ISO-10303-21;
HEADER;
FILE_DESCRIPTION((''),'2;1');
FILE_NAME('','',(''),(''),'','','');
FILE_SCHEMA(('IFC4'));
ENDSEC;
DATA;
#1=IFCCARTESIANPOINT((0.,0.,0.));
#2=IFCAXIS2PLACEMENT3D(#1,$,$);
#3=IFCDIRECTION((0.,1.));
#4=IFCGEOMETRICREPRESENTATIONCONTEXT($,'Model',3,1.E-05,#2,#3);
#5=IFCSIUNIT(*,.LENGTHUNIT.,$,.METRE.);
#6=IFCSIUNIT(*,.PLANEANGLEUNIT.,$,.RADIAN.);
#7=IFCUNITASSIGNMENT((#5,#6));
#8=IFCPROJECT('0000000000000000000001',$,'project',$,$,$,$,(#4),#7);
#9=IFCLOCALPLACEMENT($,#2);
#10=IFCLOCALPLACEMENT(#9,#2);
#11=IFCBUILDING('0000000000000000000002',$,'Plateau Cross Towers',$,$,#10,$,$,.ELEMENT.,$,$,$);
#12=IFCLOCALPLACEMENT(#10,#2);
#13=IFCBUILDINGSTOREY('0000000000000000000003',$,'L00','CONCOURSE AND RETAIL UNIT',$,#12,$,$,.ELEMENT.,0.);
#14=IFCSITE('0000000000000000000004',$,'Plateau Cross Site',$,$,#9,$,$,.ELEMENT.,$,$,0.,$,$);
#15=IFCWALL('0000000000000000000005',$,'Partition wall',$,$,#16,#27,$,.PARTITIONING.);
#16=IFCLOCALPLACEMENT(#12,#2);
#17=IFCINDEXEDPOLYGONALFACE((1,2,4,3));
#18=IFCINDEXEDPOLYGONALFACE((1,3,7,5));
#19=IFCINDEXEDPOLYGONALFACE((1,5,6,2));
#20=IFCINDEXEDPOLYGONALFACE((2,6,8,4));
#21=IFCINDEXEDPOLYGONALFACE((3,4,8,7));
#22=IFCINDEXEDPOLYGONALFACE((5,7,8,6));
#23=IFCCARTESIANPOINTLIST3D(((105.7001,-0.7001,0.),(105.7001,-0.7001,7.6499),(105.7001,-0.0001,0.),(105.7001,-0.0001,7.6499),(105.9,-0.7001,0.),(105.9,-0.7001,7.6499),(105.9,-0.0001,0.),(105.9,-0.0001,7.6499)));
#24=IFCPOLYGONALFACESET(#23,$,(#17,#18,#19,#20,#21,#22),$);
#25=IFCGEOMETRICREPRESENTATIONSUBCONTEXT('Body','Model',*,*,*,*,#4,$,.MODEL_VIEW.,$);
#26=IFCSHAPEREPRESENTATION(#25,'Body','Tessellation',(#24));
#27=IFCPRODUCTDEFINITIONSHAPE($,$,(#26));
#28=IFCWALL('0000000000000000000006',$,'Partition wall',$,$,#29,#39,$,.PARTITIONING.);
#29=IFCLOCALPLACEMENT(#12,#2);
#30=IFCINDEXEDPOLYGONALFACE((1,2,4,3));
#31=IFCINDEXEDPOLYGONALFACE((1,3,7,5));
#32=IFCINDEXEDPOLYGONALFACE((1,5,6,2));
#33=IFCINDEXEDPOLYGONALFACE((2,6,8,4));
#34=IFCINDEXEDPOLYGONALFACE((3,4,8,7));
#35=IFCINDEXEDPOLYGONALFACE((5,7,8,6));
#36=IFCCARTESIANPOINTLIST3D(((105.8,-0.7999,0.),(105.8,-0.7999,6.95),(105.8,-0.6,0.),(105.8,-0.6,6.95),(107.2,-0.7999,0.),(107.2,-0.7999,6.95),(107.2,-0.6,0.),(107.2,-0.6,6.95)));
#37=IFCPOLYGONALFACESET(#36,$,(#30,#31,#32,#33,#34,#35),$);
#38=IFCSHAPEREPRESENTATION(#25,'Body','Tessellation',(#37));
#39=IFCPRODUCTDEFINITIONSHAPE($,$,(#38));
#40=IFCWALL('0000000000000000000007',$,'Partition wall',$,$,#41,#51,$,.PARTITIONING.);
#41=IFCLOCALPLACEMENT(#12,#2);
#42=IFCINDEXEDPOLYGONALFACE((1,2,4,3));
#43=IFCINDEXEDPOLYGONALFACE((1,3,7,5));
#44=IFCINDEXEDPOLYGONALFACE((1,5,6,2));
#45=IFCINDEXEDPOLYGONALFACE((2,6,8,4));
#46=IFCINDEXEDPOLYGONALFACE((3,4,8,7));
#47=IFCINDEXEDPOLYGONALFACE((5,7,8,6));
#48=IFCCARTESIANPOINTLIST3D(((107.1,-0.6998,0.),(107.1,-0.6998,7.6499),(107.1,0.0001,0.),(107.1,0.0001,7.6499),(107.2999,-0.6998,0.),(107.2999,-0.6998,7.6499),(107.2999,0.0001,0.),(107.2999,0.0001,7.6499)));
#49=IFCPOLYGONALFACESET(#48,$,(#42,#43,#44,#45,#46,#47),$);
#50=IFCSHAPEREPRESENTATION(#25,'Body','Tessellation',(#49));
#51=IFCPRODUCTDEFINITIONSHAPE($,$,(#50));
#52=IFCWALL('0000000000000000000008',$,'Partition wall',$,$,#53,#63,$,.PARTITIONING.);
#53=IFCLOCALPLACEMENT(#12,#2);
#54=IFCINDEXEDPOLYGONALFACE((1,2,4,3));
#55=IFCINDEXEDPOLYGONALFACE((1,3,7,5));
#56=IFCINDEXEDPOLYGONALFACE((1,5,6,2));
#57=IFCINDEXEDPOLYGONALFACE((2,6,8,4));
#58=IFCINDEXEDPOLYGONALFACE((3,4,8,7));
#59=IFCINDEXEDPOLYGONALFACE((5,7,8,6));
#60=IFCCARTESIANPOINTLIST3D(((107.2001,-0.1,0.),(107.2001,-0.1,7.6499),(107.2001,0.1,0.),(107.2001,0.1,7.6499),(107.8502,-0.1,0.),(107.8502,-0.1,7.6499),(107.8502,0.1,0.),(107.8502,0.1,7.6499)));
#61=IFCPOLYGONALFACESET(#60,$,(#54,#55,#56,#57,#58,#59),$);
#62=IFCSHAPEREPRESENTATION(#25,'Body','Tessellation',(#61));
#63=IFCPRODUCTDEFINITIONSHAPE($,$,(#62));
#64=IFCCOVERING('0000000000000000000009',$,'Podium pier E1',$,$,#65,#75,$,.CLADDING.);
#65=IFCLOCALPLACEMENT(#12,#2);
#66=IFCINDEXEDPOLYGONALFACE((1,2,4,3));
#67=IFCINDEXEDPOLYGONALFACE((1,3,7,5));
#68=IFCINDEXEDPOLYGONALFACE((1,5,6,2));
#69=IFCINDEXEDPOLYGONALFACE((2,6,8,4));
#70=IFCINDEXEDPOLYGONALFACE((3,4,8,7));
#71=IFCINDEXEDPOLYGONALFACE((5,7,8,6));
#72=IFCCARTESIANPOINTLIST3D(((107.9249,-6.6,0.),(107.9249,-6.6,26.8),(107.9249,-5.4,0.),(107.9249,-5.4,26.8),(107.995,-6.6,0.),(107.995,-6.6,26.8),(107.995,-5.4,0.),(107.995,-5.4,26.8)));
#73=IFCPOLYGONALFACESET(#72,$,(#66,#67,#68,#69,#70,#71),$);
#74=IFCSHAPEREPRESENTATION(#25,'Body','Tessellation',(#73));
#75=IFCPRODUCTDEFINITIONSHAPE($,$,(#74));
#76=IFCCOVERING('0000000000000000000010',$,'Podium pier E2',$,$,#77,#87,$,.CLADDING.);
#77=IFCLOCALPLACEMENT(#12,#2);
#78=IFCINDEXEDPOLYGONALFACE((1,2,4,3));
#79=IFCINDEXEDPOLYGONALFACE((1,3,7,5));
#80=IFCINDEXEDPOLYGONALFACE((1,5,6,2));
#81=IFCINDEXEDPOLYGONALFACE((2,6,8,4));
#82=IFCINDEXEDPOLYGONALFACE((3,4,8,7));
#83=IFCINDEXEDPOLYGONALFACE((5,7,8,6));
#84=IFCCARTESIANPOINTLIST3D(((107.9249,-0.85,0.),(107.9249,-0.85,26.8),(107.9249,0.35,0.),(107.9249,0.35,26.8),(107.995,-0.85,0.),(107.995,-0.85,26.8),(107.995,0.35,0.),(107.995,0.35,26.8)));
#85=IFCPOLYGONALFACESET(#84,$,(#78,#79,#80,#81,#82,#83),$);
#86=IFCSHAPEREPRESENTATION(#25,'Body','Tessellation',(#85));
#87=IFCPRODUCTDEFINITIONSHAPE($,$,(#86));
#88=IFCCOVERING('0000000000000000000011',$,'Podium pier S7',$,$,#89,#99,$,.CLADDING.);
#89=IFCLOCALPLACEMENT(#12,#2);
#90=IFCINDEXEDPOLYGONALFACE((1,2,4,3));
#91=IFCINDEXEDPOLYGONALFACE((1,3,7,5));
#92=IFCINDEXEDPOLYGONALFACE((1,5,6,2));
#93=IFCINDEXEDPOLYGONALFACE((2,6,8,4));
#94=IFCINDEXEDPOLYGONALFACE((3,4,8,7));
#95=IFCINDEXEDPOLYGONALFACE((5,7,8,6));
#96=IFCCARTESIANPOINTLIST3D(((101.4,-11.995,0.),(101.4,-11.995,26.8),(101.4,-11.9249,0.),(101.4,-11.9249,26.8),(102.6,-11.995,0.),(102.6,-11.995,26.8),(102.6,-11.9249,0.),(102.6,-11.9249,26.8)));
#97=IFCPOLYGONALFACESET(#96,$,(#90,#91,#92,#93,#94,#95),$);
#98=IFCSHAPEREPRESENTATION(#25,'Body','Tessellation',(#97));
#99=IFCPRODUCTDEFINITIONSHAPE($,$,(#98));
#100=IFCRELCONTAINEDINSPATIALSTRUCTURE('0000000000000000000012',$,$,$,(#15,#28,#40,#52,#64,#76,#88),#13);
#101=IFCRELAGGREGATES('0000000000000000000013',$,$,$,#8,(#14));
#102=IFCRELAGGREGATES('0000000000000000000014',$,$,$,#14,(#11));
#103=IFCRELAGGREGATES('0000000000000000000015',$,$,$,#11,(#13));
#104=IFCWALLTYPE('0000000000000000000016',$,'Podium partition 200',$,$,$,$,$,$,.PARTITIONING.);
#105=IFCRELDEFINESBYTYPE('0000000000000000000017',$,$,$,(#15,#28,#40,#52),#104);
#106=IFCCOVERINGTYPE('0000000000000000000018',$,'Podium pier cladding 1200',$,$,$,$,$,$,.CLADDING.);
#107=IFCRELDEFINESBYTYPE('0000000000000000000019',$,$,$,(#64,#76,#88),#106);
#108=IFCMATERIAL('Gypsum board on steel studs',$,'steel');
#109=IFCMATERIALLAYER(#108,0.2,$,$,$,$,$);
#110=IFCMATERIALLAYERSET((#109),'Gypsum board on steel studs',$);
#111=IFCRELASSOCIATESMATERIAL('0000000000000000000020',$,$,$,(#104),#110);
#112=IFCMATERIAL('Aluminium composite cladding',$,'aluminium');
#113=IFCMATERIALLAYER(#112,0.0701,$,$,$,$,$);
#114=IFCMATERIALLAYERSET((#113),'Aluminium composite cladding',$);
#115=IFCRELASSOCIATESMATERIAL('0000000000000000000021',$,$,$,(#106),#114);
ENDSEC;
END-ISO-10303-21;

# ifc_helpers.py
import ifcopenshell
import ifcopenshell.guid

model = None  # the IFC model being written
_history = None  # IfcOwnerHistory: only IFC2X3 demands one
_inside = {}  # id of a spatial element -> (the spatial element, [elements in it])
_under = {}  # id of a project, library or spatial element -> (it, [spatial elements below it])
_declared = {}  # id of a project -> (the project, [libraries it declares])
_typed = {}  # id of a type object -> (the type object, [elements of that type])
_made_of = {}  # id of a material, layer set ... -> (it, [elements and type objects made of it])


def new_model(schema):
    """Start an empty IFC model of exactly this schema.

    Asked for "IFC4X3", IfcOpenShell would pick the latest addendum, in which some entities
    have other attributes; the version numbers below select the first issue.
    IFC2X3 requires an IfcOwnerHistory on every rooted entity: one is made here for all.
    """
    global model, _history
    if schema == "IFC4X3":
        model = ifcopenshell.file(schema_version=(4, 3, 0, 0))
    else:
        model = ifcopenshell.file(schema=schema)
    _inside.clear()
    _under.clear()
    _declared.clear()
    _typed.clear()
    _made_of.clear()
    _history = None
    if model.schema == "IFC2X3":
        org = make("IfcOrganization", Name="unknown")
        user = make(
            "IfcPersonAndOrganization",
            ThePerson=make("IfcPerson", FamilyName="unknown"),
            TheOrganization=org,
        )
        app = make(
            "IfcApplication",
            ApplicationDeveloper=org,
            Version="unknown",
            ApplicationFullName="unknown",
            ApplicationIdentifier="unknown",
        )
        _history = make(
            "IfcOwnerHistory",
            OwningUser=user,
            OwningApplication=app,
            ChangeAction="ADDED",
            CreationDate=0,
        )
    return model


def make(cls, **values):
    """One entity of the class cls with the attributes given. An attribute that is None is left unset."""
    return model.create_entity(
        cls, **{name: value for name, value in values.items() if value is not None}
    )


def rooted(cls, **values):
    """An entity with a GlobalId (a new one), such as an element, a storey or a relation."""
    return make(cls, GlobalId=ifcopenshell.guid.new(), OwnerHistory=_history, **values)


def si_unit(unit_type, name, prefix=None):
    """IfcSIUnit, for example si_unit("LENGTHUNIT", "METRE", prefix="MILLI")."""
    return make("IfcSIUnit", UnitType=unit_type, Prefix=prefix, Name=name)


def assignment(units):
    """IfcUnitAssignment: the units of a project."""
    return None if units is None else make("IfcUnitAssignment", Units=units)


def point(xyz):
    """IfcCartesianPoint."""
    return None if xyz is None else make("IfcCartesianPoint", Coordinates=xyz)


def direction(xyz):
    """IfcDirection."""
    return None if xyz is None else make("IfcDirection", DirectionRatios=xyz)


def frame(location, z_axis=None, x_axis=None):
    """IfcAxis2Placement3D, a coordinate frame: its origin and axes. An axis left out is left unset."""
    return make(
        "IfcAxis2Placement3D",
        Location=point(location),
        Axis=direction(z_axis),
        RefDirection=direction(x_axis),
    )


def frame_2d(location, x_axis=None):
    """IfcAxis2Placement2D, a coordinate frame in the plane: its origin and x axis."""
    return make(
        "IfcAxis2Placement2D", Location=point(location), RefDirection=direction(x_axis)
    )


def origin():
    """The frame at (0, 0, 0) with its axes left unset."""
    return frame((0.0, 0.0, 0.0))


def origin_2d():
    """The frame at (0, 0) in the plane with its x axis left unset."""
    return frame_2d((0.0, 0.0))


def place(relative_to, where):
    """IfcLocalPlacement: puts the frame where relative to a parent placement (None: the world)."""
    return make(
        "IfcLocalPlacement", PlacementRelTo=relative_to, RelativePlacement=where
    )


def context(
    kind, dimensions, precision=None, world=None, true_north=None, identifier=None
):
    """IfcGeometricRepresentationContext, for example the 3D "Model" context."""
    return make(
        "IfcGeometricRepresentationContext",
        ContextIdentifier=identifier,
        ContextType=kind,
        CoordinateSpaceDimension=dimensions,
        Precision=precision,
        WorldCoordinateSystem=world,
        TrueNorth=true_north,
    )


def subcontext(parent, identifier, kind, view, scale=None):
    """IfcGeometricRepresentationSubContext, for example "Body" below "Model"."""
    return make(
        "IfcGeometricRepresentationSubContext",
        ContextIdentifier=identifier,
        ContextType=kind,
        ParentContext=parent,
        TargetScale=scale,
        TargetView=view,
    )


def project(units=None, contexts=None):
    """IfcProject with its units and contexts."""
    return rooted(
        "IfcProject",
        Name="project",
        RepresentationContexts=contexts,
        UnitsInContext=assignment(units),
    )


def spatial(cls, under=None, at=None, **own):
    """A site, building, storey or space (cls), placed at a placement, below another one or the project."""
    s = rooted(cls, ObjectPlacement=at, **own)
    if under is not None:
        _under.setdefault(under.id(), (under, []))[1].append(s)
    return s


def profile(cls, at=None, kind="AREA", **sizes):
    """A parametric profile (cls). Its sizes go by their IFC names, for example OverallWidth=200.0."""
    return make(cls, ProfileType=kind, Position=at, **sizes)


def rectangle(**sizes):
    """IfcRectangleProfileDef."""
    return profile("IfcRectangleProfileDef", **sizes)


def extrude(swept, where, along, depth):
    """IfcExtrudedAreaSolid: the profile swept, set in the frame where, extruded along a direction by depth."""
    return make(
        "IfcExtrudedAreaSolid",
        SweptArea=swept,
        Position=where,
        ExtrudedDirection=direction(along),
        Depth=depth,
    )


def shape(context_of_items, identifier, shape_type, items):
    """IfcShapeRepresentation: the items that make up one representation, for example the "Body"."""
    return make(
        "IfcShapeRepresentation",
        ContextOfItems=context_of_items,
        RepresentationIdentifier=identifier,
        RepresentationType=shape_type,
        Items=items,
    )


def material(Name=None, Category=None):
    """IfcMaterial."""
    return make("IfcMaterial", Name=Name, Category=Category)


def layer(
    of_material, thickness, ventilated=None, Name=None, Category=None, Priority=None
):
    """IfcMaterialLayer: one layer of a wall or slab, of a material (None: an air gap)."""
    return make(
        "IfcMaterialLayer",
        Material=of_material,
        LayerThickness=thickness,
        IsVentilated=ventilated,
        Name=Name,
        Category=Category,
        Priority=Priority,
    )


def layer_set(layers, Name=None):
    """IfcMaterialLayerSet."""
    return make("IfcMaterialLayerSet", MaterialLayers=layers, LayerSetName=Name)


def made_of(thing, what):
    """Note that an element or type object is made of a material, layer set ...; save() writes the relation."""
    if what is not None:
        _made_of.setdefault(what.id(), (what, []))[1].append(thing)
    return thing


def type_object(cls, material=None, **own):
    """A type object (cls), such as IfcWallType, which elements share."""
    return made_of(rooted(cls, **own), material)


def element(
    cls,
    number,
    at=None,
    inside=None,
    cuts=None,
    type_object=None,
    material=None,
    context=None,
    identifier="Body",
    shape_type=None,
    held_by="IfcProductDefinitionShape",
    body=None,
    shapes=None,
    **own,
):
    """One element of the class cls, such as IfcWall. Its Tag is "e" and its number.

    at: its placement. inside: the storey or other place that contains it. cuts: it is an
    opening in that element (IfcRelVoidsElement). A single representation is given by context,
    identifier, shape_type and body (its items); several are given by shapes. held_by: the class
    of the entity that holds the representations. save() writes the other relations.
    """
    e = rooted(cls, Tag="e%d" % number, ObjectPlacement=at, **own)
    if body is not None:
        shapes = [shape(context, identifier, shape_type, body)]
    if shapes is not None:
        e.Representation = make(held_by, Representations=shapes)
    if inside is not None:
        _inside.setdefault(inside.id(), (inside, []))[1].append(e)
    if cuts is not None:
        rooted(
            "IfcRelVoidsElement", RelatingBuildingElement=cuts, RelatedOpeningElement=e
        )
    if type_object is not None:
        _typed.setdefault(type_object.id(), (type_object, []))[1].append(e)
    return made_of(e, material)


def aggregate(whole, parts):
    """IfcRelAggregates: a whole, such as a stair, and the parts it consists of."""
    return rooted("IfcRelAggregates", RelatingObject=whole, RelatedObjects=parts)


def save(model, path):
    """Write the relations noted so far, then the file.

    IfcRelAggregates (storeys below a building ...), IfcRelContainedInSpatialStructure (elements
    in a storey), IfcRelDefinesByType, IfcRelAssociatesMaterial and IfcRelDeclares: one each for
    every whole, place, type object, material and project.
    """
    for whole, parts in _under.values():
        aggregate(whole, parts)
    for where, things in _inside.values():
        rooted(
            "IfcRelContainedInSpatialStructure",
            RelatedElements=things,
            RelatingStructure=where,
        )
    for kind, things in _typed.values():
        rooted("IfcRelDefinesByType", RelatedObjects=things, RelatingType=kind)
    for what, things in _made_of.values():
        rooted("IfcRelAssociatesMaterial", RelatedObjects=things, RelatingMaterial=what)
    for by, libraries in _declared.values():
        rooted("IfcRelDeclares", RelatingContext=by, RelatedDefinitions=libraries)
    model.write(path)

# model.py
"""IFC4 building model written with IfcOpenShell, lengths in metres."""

from ifc_helpers import new_model, si_unit, direction, frame, frame_2d, origin, origin_2d, place, context, subcontext, project, spatial, rectangle, extrude, material, layer, layer_set, type_object, element, save


model = new_model("IFC4")

# Units and contexts
model_context = context("Model", 3, precision=1e-05, world=origin(), true_north=direction((0.0, 1.0)))
body_context = subcontext(model_context, "Body", "Model", "MODEL_VIEW")
ifc_project = project(units=[si_unit("LENGTHUNIT", "METRE"), si_unit("PLANEANGLEUNIT", "RADIAN")], contexts=[model_context])

# Site, building, storey
site_placement = place(None, origin())
site = spatial("IfcSite", under=ifc_project, at=site_placement, Name="Plateau Cross Site", CompositionType="ELEMENT", RefElevation=0.0)
building_placement = place(site_placement, origin())
building = spatial("IfcBuilding", under=site, at=building_placement, Name="Plateau Cross Towers", CompositionType="ELEMENT")
storey_placement = place(building_placement, origin())
storey = spatial("IfcBuildingStorey", under=building, at=storey_placement, Name="L00", Description="CONCOURSE AND RETAIL UNIT", CompositionType="ELEMENT", Elevation=0.0)

# Walls
ifc_material_1 = material(Name="Gypsum board on steel studs", Category="steel")
ifc_layer_1 = layer(ifc_material_1, 0.2)
ifc_layer_set_1 = layer_set([ifc_layer_1], Name="Gypsum board on steel studs")
wall_type_1 = type_object("IfcWallType", Name="Podium partition 200", PredefinedType="PARTITIONING", material=ifc_layer_set_1)
wall_1_placement = place(storey_placement, frame((105.8, 0.0, 0.0), z_axis=(0.0, 0.0, 1.0), x_axis=(0.0, -1.0, 0.0)))
element("IfcWall", 1, at=wall_1_placement, inside=storey, type_object=wall_type_1, Name="Partition wall", PredefinedType="PARTITIONING", context=body_context, shape_type="SweptSolid", body=[
    extrude(rectangle(XDim=0.7, YDim=0.2, at=frame_2d((0.3501, 0.0))), origin(), (0.0, 0.0, 1.0), 7.6499),
])
wall_2_placement = place(storey_placement, frame((105.8, -0.7, 0.0), z_axis=(0.0, 0.0, 1.0), x_axis=(1.0, 0.0, 0.0)))
element("IfcWall", 2, at=wall_2_placement, inside=storey, type_object=wall_type_1, Name="Partition wall", PredefinedType="PARTITIONING", context=body_context, shape_type="SweptSolid", body=[
    extrude(rectangle(XDim=1.3999, YDim=0.2, at=frame_2d((0.7, 0.0))), origin(), (0.0, 0.0, 1.0), 6.95),
])
wall_3_placement = place(storey_placement, frame((107.2, -0.7, 0.0), z_axis=(0.0, 0.0, 1.0), x_axis=(0.0, 1.0, 0.0)))
element("IfcWall", 3, at=wall_3_placement, inside=storey, type_object=wall_type_1, Name="Partition wall", PredefinedType="PARTITIONING", context=body_context, shape_type="SweptSolid", body=[
    extrude(rectangle(XDim=0.7, YDim=0.2, at=frame_2d((0.3501, 0.0))), origin(), (0.0, 0.0, 1.0), 7.6499),
])
wall_4_placement = place(storey_placement, frame((107.2, 0.0, 0.0), z_axis=(0.0, 0.0, 1.0), x_axis=(1.0, 0.0, 0.0)))
element("IfcWall", 4, at=wall_4_placement, inside=storey, type_object=wall_type_1, Name="Partition wall", PredefinedType="PARTITIONING", context=body_context, shape_type="SweptSolid", body=[
    extrude(rectangle(XDim=0.6501, YDim=0.2, at=frame_2d((0.3252, 0.0))), origin(), (0.0, 0.0, 1.0), 7.6499),
])

# Coverings
ifc_material_2 = material(Name="Aluminium composite cladding", Category="aluminium")
ifc_layer_2 = layer(ifc_material_2, 0.0701)
ifc_layer_set_2 = layer_set([ifc_layer_2], Name="Aluminium composite cladding")
covering_type = type_object("IfcCoveringType", Name="Podium pier cladding 1200", PredefinedType="CLADDING", material=ifc_layer_set_2)
for number, where, z_axis, x_axis, name in (
    (5, (107.96, -6.0, 0.0), (0.0, 0.0, 1.0), (0.0, 1.0, 0.0), "Podium pier E1"),
    (6, (107.96, -0.25, 0.0), (0.0, 0.0, 1.0), (0.0, 1.0, 0.0), "Podium pier E2"),
    (7, (102.0, -11.96, 0.0), (0.0, 0.0, 1.0), (1.0, 0.0, 0.0), "Podium pier S7"),
):
    element("IfcCovering", number, at=place(storey_placement, frame(where, z_axis=z_axis, x_axis=x_axis)), inside=storey, type_object=covering_type, Name=name, PredefinedType="CLADDING", context=body_context, shape_type="SweptSolid", body=[
        extrude(rectangle(XDim=1.2, YDim=0.0701, at=origin_2d()), origin(), (0.0, 0.0, 1.0), 26.8),
    ])

save(model, "model.ifc")
